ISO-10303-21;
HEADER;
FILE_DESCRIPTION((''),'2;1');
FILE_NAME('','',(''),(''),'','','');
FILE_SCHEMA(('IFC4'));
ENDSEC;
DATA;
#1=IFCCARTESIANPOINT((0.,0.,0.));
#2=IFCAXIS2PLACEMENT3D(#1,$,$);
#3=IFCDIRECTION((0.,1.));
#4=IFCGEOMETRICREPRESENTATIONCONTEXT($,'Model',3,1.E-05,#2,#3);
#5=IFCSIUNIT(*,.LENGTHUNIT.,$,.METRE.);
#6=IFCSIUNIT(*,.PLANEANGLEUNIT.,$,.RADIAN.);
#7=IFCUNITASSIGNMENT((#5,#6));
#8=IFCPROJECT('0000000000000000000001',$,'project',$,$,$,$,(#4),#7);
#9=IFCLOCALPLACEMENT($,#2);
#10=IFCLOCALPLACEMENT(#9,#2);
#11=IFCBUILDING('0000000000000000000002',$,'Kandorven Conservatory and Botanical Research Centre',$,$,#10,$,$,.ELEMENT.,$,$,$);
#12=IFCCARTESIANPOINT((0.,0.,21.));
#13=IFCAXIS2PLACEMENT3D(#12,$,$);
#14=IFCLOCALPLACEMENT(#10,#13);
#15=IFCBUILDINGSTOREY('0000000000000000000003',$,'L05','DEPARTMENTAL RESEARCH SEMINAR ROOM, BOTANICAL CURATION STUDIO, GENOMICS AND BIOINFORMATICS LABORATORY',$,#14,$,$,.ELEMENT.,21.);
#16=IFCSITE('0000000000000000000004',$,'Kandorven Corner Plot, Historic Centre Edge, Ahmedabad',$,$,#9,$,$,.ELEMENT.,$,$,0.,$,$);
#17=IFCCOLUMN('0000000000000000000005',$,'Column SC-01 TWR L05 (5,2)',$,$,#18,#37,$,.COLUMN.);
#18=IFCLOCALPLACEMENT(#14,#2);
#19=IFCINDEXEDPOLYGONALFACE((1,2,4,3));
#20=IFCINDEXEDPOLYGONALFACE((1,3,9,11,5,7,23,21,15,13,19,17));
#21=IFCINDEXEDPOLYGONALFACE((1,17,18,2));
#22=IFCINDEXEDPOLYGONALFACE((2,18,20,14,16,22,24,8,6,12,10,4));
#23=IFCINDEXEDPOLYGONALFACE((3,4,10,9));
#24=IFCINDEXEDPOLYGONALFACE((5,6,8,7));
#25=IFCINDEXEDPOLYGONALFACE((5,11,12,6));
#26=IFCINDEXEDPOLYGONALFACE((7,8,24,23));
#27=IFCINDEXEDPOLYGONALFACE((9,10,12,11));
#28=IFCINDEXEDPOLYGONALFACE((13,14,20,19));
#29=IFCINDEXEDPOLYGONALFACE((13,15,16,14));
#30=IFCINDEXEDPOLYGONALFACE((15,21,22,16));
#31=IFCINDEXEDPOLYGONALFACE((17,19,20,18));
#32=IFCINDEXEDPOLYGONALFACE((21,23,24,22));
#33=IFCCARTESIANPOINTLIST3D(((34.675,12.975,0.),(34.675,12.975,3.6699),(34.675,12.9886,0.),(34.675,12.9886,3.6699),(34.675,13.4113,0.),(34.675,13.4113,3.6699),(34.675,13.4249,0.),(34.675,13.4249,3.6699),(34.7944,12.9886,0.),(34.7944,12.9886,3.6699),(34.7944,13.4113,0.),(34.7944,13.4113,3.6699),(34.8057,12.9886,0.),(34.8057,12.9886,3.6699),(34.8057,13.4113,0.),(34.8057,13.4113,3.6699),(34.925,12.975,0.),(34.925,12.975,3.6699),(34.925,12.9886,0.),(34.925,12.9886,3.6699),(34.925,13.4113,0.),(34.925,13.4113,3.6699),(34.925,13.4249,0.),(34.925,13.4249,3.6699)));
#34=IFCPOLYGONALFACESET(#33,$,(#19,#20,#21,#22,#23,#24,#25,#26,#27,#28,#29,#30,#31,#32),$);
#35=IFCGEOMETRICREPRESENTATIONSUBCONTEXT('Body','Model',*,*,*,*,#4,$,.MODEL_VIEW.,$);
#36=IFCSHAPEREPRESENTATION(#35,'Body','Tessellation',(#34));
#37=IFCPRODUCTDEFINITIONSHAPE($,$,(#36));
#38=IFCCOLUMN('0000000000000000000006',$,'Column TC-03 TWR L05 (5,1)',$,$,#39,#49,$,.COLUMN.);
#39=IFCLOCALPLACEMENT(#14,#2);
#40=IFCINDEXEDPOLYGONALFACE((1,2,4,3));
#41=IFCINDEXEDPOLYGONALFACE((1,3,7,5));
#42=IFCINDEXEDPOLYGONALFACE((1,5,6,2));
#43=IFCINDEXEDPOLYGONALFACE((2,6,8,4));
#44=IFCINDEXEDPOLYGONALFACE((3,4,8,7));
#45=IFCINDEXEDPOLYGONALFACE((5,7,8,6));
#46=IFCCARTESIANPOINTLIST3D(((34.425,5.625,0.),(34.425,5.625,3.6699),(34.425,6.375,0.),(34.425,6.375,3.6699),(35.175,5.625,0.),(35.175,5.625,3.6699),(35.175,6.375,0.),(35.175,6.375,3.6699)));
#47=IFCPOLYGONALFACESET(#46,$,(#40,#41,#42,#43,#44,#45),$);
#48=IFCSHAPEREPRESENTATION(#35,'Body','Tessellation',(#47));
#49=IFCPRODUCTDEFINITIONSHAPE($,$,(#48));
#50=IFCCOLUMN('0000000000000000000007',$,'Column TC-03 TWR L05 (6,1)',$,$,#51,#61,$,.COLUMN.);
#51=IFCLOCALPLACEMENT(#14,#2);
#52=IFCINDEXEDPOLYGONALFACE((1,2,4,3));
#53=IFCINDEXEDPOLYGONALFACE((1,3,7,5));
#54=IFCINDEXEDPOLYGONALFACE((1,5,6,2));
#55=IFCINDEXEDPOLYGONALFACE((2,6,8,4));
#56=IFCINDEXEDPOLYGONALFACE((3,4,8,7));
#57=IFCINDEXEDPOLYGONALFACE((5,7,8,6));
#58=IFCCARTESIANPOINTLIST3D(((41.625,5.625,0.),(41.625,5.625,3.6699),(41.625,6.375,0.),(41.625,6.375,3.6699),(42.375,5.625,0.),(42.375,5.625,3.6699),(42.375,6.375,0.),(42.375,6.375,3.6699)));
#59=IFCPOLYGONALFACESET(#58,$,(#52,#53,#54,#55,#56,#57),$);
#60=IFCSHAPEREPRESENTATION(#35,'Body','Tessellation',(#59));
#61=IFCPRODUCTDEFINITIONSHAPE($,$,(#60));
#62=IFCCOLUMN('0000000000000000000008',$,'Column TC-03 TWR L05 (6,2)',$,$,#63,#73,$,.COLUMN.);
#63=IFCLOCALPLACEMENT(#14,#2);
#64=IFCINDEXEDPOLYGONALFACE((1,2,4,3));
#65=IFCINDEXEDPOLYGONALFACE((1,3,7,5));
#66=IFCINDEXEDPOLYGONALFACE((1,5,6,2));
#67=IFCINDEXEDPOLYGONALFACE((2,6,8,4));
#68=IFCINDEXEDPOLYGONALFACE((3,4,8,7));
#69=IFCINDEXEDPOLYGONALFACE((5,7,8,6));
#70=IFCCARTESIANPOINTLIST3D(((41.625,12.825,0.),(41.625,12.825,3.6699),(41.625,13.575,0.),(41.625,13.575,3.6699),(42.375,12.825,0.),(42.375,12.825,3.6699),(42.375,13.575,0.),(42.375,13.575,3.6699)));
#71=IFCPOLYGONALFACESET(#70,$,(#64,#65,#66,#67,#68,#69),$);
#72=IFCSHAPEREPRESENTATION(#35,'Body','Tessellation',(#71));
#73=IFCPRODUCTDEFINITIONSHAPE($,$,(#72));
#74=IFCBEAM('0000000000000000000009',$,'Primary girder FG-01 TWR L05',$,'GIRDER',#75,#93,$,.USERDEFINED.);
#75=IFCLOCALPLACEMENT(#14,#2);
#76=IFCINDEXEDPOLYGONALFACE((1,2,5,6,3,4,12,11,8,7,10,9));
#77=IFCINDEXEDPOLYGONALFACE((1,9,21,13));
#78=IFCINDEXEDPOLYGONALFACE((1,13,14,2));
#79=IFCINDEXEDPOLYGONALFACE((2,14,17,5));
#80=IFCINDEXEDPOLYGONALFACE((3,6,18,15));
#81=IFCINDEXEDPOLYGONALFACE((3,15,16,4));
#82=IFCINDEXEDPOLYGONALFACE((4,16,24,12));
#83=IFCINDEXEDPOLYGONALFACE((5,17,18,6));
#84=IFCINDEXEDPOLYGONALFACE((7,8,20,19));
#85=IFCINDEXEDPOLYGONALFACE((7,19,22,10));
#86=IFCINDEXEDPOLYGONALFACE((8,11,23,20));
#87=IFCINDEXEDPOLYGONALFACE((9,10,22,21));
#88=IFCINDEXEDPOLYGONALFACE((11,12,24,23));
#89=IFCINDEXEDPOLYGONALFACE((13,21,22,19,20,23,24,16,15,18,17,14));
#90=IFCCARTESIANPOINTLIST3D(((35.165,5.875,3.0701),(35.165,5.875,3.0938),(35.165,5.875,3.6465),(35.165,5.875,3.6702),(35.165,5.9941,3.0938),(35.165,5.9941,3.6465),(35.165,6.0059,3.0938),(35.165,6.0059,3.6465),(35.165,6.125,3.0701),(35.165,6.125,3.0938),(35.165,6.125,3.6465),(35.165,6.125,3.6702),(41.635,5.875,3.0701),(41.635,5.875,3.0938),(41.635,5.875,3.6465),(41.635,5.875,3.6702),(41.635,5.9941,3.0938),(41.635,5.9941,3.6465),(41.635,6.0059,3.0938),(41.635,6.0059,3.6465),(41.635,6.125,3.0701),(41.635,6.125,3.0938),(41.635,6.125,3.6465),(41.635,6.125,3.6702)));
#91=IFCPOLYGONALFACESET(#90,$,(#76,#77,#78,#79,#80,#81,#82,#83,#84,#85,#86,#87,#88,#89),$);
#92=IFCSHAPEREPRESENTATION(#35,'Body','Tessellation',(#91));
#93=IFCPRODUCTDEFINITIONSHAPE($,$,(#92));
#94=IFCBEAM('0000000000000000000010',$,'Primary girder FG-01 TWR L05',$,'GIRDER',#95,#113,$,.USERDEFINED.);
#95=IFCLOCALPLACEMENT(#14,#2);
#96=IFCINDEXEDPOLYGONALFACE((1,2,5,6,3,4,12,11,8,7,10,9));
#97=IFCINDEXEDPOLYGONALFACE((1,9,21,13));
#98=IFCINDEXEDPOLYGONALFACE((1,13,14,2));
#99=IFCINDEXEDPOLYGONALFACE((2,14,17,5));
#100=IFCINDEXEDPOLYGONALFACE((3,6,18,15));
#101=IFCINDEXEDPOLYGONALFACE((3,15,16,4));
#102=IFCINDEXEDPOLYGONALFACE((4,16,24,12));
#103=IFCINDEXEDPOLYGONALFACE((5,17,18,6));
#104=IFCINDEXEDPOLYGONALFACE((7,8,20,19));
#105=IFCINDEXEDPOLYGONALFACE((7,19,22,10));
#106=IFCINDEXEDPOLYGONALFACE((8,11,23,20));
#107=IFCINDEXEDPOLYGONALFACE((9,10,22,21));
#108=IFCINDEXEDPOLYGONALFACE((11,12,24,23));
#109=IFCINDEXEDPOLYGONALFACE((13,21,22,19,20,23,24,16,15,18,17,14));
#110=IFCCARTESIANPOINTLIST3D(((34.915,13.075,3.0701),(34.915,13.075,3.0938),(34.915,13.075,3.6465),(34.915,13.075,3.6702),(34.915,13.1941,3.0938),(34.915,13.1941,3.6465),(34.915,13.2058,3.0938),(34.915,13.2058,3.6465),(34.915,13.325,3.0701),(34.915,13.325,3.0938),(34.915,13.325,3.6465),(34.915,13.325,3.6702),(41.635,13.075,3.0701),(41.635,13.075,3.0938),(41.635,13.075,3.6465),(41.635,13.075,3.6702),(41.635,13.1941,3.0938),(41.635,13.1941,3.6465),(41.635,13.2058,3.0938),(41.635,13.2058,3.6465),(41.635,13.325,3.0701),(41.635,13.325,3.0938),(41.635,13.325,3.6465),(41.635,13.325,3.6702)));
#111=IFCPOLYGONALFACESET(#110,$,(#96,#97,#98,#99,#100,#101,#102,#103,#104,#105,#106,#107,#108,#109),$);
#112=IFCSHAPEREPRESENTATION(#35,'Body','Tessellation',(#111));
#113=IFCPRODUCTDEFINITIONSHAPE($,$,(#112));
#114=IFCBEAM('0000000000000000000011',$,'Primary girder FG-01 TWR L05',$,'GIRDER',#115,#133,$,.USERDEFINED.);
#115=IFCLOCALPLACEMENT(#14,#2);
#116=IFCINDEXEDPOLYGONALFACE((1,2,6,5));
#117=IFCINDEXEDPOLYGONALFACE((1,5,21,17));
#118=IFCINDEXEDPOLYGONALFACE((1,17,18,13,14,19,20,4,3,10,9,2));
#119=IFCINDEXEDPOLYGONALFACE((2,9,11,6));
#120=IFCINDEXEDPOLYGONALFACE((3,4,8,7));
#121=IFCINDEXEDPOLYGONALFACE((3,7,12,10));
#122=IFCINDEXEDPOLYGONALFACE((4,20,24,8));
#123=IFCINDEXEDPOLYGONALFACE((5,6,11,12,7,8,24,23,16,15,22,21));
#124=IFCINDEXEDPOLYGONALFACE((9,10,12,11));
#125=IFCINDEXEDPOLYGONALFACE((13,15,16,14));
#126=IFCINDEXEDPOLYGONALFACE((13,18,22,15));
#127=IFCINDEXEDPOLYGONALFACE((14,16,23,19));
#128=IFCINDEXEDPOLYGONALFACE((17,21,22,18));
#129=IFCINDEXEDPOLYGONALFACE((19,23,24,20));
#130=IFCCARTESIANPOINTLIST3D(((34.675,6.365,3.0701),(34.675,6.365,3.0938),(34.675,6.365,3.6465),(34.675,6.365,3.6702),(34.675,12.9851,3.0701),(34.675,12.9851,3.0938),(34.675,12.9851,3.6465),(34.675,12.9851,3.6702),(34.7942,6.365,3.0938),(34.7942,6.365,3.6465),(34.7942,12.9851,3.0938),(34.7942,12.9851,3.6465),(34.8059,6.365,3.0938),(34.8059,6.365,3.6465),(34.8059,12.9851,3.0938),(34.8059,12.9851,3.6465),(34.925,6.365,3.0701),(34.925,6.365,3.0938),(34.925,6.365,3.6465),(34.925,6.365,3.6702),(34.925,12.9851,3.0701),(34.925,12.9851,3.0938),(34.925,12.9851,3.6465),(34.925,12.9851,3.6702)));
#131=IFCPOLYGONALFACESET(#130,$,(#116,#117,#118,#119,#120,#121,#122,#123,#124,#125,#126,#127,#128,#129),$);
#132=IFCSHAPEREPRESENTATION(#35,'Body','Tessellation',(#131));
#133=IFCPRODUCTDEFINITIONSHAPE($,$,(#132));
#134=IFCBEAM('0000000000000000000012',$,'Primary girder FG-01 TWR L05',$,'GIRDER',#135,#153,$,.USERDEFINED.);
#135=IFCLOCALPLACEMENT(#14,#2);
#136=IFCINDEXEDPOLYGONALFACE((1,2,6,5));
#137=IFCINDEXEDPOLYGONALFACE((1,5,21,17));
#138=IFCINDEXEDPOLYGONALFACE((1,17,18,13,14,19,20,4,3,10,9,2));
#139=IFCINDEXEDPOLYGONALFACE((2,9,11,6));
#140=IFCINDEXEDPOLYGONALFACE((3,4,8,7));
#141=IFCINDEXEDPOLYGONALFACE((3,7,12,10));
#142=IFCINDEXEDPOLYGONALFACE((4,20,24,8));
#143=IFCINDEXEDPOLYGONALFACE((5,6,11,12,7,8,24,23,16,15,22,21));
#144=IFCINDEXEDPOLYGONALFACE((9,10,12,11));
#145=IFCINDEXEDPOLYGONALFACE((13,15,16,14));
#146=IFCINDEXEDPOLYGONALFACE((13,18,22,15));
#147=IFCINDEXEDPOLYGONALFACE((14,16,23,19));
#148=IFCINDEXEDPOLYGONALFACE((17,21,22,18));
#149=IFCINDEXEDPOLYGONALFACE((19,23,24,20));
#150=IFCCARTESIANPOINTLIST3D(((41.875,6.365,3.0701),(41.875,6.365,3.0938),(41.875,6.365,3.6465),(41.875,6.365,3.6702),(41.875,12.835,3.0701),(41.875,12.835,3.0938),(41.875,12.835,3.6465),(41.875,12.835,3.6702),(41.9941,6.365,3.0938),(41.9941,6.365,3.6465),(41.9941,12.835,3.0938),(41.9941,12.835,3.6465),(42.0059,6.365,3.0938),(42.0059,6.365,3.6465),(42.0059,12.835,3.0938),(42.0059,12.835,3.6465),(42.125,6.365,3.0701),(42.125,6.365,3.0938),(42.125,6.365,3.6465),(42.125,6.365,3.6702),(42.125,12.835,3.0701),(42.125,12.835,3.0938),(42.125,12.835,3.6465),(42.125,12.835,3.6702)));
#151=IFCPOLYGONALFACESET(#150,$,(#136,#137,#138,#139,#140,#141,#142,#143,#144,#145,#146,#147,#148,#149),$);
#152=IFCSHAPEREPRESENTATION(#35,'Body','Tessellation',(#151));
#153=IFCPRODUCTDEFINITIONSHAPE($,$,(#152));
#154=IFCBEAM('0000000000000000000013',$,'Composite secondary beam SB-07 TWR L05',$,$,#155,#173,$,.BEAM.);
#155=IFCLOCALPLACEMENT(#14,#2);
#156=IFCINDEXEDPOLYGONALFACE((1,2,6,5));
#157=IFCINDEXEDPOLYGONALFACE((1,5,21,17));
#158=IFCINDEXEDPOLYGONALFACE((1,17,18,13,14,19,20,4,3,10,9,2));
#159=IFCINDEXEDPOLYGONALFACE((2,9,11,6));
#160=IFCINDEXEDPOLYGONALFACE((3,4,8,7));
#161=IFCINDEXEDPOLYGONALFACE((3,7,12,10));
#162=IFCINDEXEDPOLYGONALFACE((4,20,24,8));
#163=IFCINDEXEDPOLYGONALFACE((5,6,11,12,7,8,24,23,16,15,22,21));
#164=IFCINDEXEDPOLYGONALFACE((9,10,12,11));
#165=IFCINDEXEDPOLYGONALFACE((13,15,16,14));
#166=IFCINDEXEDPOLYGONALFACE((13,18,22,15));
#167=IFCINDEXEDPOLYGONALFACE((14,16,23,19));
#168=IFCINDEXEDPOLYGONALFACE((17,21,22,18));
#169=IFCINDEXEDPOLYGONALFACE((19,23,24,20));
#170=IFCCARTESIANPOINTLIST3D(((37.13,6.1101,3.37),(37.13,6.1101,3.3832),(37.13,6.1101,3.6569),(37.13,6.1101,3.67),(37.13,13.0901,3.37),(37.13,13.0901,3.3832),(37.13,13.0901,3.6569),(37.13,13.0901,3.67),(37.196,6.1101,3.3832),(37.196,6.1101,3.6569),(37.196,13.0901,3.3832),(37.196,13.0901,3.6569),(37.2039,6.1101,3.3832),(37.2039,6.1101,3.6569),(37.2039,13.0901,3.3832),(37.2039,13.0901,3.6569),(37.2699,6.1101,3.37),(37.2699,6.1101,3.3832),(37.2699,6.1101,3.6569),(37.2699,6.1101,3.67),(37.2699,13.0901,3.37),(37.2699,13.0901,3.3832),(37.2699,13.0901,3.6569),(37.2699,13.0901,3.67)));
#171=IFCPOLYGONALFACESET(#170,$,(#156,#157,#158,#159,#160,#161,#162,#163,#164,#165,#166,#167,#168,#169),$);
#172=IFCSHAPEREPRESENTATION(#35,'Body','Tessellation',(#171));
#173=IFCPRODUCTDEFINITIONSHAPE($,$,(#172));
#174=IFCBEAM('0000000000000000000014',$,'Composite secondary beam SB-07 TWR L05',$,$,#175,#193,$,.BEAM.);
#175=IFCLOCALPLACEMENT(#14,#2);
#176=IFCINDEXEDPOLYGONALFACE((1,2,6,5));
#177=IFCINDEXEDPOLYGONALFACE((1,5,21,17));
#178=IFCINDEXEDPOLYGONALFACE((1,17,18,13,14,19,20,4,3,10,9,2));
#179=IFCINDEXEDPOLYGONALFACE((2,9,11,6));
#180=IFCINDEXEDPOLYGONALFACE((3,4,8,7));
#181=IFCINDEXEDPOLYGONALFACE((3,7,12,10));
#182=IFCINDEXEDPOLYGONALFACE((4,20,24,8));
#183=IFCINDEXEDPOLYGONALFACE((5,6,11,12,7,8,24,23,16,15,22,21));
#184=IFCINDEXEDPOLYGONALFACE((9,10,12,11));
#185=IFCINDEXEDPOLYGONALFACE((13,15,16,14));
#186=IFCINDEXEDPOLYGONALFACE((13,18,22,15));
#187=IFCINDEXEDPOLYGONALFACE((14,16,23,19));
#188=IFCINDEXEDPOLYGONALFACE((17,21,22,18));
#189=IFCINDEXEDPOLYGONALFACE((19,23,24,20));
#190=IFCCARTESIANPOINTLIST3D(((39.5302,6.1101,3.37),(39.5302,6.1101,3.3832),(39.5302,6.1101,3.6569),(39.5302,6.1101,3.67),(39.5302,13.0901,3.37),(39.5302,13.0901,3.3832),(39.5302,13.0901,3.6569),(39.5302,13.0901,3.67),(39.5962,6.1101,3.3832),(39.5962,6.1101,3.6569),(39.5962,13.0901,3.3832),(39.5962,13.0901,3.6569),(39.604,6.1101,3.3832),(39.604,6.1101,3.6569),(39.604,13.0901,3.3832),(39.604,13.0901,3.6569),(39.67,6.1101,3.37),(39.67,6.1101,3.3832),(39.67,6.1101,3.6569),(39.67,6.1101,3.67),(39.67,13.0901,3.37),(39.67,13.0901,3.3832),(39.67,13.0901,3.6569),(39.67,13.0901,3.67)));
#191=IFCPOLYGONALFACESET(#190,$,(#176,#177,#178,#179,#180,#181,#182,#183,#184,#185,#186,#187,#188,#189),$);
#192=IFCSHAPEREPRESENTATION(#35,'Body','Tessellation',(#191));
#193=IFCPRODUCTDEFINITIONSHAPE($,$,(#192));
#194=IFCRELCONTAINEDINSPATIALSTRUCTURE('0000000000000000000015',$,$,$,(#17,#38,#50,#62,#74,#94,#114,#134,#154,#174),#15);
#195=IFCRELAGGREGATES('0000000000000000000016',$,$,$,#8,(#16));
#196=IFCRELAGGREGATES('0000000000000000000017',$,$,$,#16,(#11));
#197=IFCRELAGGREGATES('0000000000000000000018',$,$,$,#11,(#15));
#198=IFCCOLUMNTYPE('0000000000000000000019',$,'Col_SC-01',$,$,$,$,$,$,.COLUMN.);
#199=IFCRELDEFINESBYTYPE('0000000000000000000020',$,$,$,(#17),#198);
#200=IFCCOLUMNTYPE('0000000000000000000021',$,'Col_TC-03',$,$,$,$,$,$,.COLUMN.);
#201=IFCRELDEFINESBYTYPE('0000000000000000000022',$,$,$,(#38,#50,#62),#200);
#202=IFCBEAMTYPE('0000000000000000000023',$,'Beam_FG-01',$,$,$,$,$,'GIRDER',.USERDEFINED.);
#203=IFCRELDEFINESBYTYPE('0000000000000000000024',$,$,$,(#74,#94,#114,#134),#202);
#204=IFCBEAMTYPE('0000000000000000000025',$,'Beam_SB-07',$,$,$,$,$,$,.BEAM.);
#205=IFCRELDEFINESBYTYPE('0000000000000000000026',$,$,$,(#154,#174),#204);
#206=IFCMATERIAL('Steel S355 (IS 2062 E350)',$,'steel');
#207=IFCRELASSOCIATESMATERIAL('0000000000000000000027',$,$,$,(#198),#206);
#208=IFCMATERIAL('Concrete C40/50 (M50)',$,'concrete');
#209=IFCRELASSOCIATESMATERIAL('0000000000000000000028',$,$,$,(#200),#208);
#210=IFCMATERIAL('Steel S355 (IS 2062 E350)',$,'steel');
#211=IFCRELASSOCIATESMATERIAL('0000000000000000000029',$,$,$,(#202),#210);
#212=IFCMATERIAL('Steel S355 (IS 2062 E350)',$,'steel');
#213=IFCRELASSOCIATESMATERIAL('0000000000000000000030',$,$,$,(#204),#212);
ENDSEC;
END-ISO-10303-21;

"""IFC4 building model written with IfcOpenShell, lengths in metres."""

from ifc_helpers import new_model, si_unit, direction, frame, origin, origin_2d, place, context, subcontext, project, spatial, rectangle, i_section, extrude, material, material_profile, profile_set, type_object, element, save


model = new_model("IFC4")

# Units and contexts
model_context = context("Model", 3, precision=1e-05, world=origin(), true_north=direction((0.0, 1.0)))
body_context = subcontext(model_context, "Body", "Model", "MODEL_VIEW")
ifc_project = project(units=[si_unit("LENGTHUNIT", "METRE"), si_unit("PLANEANGLEUNIT", "RADIAN")], contexts=[model_context])

# Site, building, storey
site_placement = place(None, origin())
site = spatial("IfcSite", under=ifc_project, at=site_placement, Name="Kandorven Corner Plot, Historic Centre Edge, Ahmedabad", CompositionType="ELEMENT", RefElevation=0.0)
building_placement = place(site_placement, origin())
building = spatial("IfcBuilding", under=site, at=building_placement, Name="Kandorven Conservatory and Botanical Research Centre", CompositionType="ELEMENT")
storey_placement = place(building_placement, frame((0.0, 0.0, 21.0)))
storey = spatial("IfcBuildingStorey", under=building, at=storey_placement, Name="L05", Description="DEPARTMENTAL RESEARCH SEMINAR ROOM, BOTANICAL CURATION STUDIO, GENOMICS AND BIOINFORMATICS LABORATORY", CompositionType="ELEMENT", Elevation=21.0)

# Columns
ifc_material_1 = material(Name="Steel S355 (IS 2062 E350)", Category="steel")
ifc_material_profile_1 = material_profile(ifc_material_1, i_section(OverallWidth=0.25, OverallDepth=0.45, WebThickness=0.0112, FlangeThickness=0.0137, at=origin_2d()))
ifc_profile_set_1 = profile_set([ifc_material_profile_1], Name="Steel S355 (IS 2062 E350)")
column_type_1 = type_object("IfcColumnType", Name="Col_SC-01", PredefinedType="COLUMN", material=ifc_profile_set_1)
column_placement = place(storey_placement, frame((34.8, 13.2, 0.0), z_axis=(0.0, 0.0, 1.0), x_axis=(1.0, 0.0, 0.0)))
element("IfcColumn", 1, at=column_placement, inside=storey, type_object=column_type_1, Name="Column SC-01 TWR L05 (5,2)", PredefinedType="COLUMN", context=body_context, shape_type="SweptSolid", body=[
    extrude(i_section(OverallWidth=0.25, OverallDepth=0.45, WebThickness=0.0112, FlangeThickness=0.0137, at=origin_2d()), origin(), (0.0, 0.0, 1.0), 3.6699),
])
ifc_material_2 = material(Name="Concrete C40/50 (M50)", Category="concrete")
ifc_material_profile_2 = material_profile(ifc_material_2, rectangle(XDim=0.75, YDim=0.75, at=origin_2d()))
ifc_profile_set_2 = profile_set([ifc_material_profile_2], Name="Concrete C40/50 (M50)")
column_type_2 = type_object("IfcColumnType", Name="Col_TC-03", PredefinedType="COLUMN", material=ifc_profile_set_2)
for number, where, z_axis, x_axis, name in (
    (2, (34.8, 6.0, 0.0), (0.0, 0.0, 1.0), (1.0, 0.0, 0.0), "Column TC-03 TWR L05 (5,1)"),
    (3, (42.0, 6.0, 0.0), (0.0, 0.0, 1.0), (1.0, 0.0, 0.0), "Column TC-03 TWR L05 (6,1)"),
    (4, (42.0, 13.2, 0.0), (0.0, 0.0, 1.0), (1.0, 0.0, 0.0), "Column TC-03 TWR L05 (6,2)"),
):
    element("IfcColumn", number, at=place(storey_placement, frame(where, z_axis=z_axis, x_axis=x_axis)), inside=storey, type_object=column_type_2, Name=name, PredefinedType="COLUMN", context=body_context, shape_type="SweptSolid", body=[
        extrude(rectangle(XDim=0.75, YDim=0.75, at=origin_2d()), origin(), (0.0, 0.0, 1.0), 3.6699),
    ])

# Beams
ifc_material_3 = material(Name="Steel S355 (IS 2062 E350)", Category="steel")
ifc_material_profile_3 = material_profile(ifc_material_3, i_section(OverallWidth=0.25, OverallDepth=0.6001, WebThickness=0.0117, FlangeThickness=0.0237, at=origin_2d()))
ifc_profile_set_3 = profile_set([ifc_material_profile_3], Name="Steel S355 (IS 2062 E350)")
beam_type_1 = type_object("IfcBeamType", Name="Beam_FG-01", ElementType="GIRDER", PredefinedType="USERDEFINED", material=ifc_profile_set_3)
beam_1_placement = place(storey_placement, frame((35.165, 6.0, 3.3701), z_axis=(1.0, 0.0, 0.0), x_axis=(0.0, 1.0, 0.0)))
element("IfcBeam", 5, at=beam_1_placement, inside=storey, type_object=beam_type_1, Name="Primary girder FG-01 TWR L05", ObjectType="GIRDER", PredefinedType="USERDEFINED", context=body_context, shape_type="SweptSolid", body=[
    extrude(i_section(OverallWidth=0.25, OverallDepth=0.6001, WebThickness=0.0117, FlangeThickness=0.0237, at=origin_2d()), origin(), (0.0, 0.0, 1.0), 6.47),
])
beam_2_placement = place(storey_placement, frame((34.915, 13.2, 3.3701), z_axis=(1.0, 0.0, 0.0), x_axis=(0.0, 1.0, 0.0)))
element("IfcBeam", 6, at=beam_2_placement, inside=storey, type_object=beam_type_1, Name="Primary girder FG-01 TWR L05", ObjectType="GIRDER", PredefinedType="USERDEFINED", context=body_context, shape_type="SweptSolid", body=[
    extrude(i_section(OverallWidth=0.25, OverallDepth=0.6001, WebThickness=0.0117, FlangeThickness=0.0237, at=origin_2d()), origin(), (0.0, 0.0, 1.0), 6.72),
])
beam_3_placement = place(storey_placement, frame((34.8, 6.365, 3.3701), z_axis=(0.0, 1.0, 0.0), x_axis=(-1.0, 0.0, 0.0)))
element("IfcBeam", 7, at=beam_3_placement, inside=storey, type_object=beam_type_1, Name="Primary girder FG-01 TWR L05", ObjectType="GIRDER", PredefinedType="USERDEFINED", context=body_context, shape_type="SweptSolid", body=[
    extrude(i_section(OverallWidth=0.25, OverallDepth=0.6001, WebThickness=0.0117, FlangeThickness=0.0237, at=origin_2d()), origin(), (0.0, 0.0, 1.0), 6.6201),
])
beam_4_placement = place(storey_placement, frame((42.0, 6.365, 3.3701), z_axis=(0.0, 1.0, 0.0), x_axis=(-1.0, 0.0, 0.0)))
element("IfcBeam", 8, at=beam_4_placement, inside=storey, type_object=beam_type_1, Name="Primary girder FG-01 TWR L05", ObjectType="GIRDER", PredefinedType="USERDEFINED", context=body_context, shape_type="SweptSolid", body=[
    extrude(i_section(OverallWidth=0.25, OverallDepth=0.6001, WebThickness=0.0117, FlangeThickness=0.0237, at=origin_2d()), origin(), (0.0, 0.0, 1.0), 6.47),
])
ifc_material_4 = material(Name="Steel S355 (IS 2062 E350)", Category="steel")
ifc_material_profile_4 = material_profile(ifc_material_4, i_section(OverallWidth=0.1399, OverallDepth=0.3, WebThickness=0.0078, FlangeThickness=0.0132, at=origin_2d()))
ifc_profile_set_4 = profile_set([ifc_material_profile_4], Name="Steel S355 (IS 2062 E350)")
beam_type_2 = type_object("IfcBeamType", Name="Beam_SB-07", PredefinedType="BEAM", material=ifc_profile_set_4)
for number, where, z_axis, x_axis, name in (
    (9, (37.2, 6.1101, 3.52), (0.0, 1.0, 0.0), (-1.0, 0.0, 0.0), "Composite secondary beam SB-07 TWR L05"),
    (10, (39.6001, 6.1101, 3.52), (0.0, 1.0, 0.0), (-1.0, 0.0, 0.0), "Composite secondary beam SB-07 TWR L05"),
):
    element("IfcBeam", number, at=place(storey_placement, frame(where, z_axis=z_axis, x_axis=x_axis)), inside=storey, type_object=beam_type_2, Name=name, PredefinedType="BEAM", context=body_context, shape_type="SweptSolid", body=[
        extrude(i_section(OverallWidth=0.1399, OverallDepth=0.3, WebThickness=0.0078, FlangeThickness=0.0132, at=origin_2d()), origin(), (0.0, 0.0, 1.0), 6.98),
    ])

save(model, "model.ifc")
